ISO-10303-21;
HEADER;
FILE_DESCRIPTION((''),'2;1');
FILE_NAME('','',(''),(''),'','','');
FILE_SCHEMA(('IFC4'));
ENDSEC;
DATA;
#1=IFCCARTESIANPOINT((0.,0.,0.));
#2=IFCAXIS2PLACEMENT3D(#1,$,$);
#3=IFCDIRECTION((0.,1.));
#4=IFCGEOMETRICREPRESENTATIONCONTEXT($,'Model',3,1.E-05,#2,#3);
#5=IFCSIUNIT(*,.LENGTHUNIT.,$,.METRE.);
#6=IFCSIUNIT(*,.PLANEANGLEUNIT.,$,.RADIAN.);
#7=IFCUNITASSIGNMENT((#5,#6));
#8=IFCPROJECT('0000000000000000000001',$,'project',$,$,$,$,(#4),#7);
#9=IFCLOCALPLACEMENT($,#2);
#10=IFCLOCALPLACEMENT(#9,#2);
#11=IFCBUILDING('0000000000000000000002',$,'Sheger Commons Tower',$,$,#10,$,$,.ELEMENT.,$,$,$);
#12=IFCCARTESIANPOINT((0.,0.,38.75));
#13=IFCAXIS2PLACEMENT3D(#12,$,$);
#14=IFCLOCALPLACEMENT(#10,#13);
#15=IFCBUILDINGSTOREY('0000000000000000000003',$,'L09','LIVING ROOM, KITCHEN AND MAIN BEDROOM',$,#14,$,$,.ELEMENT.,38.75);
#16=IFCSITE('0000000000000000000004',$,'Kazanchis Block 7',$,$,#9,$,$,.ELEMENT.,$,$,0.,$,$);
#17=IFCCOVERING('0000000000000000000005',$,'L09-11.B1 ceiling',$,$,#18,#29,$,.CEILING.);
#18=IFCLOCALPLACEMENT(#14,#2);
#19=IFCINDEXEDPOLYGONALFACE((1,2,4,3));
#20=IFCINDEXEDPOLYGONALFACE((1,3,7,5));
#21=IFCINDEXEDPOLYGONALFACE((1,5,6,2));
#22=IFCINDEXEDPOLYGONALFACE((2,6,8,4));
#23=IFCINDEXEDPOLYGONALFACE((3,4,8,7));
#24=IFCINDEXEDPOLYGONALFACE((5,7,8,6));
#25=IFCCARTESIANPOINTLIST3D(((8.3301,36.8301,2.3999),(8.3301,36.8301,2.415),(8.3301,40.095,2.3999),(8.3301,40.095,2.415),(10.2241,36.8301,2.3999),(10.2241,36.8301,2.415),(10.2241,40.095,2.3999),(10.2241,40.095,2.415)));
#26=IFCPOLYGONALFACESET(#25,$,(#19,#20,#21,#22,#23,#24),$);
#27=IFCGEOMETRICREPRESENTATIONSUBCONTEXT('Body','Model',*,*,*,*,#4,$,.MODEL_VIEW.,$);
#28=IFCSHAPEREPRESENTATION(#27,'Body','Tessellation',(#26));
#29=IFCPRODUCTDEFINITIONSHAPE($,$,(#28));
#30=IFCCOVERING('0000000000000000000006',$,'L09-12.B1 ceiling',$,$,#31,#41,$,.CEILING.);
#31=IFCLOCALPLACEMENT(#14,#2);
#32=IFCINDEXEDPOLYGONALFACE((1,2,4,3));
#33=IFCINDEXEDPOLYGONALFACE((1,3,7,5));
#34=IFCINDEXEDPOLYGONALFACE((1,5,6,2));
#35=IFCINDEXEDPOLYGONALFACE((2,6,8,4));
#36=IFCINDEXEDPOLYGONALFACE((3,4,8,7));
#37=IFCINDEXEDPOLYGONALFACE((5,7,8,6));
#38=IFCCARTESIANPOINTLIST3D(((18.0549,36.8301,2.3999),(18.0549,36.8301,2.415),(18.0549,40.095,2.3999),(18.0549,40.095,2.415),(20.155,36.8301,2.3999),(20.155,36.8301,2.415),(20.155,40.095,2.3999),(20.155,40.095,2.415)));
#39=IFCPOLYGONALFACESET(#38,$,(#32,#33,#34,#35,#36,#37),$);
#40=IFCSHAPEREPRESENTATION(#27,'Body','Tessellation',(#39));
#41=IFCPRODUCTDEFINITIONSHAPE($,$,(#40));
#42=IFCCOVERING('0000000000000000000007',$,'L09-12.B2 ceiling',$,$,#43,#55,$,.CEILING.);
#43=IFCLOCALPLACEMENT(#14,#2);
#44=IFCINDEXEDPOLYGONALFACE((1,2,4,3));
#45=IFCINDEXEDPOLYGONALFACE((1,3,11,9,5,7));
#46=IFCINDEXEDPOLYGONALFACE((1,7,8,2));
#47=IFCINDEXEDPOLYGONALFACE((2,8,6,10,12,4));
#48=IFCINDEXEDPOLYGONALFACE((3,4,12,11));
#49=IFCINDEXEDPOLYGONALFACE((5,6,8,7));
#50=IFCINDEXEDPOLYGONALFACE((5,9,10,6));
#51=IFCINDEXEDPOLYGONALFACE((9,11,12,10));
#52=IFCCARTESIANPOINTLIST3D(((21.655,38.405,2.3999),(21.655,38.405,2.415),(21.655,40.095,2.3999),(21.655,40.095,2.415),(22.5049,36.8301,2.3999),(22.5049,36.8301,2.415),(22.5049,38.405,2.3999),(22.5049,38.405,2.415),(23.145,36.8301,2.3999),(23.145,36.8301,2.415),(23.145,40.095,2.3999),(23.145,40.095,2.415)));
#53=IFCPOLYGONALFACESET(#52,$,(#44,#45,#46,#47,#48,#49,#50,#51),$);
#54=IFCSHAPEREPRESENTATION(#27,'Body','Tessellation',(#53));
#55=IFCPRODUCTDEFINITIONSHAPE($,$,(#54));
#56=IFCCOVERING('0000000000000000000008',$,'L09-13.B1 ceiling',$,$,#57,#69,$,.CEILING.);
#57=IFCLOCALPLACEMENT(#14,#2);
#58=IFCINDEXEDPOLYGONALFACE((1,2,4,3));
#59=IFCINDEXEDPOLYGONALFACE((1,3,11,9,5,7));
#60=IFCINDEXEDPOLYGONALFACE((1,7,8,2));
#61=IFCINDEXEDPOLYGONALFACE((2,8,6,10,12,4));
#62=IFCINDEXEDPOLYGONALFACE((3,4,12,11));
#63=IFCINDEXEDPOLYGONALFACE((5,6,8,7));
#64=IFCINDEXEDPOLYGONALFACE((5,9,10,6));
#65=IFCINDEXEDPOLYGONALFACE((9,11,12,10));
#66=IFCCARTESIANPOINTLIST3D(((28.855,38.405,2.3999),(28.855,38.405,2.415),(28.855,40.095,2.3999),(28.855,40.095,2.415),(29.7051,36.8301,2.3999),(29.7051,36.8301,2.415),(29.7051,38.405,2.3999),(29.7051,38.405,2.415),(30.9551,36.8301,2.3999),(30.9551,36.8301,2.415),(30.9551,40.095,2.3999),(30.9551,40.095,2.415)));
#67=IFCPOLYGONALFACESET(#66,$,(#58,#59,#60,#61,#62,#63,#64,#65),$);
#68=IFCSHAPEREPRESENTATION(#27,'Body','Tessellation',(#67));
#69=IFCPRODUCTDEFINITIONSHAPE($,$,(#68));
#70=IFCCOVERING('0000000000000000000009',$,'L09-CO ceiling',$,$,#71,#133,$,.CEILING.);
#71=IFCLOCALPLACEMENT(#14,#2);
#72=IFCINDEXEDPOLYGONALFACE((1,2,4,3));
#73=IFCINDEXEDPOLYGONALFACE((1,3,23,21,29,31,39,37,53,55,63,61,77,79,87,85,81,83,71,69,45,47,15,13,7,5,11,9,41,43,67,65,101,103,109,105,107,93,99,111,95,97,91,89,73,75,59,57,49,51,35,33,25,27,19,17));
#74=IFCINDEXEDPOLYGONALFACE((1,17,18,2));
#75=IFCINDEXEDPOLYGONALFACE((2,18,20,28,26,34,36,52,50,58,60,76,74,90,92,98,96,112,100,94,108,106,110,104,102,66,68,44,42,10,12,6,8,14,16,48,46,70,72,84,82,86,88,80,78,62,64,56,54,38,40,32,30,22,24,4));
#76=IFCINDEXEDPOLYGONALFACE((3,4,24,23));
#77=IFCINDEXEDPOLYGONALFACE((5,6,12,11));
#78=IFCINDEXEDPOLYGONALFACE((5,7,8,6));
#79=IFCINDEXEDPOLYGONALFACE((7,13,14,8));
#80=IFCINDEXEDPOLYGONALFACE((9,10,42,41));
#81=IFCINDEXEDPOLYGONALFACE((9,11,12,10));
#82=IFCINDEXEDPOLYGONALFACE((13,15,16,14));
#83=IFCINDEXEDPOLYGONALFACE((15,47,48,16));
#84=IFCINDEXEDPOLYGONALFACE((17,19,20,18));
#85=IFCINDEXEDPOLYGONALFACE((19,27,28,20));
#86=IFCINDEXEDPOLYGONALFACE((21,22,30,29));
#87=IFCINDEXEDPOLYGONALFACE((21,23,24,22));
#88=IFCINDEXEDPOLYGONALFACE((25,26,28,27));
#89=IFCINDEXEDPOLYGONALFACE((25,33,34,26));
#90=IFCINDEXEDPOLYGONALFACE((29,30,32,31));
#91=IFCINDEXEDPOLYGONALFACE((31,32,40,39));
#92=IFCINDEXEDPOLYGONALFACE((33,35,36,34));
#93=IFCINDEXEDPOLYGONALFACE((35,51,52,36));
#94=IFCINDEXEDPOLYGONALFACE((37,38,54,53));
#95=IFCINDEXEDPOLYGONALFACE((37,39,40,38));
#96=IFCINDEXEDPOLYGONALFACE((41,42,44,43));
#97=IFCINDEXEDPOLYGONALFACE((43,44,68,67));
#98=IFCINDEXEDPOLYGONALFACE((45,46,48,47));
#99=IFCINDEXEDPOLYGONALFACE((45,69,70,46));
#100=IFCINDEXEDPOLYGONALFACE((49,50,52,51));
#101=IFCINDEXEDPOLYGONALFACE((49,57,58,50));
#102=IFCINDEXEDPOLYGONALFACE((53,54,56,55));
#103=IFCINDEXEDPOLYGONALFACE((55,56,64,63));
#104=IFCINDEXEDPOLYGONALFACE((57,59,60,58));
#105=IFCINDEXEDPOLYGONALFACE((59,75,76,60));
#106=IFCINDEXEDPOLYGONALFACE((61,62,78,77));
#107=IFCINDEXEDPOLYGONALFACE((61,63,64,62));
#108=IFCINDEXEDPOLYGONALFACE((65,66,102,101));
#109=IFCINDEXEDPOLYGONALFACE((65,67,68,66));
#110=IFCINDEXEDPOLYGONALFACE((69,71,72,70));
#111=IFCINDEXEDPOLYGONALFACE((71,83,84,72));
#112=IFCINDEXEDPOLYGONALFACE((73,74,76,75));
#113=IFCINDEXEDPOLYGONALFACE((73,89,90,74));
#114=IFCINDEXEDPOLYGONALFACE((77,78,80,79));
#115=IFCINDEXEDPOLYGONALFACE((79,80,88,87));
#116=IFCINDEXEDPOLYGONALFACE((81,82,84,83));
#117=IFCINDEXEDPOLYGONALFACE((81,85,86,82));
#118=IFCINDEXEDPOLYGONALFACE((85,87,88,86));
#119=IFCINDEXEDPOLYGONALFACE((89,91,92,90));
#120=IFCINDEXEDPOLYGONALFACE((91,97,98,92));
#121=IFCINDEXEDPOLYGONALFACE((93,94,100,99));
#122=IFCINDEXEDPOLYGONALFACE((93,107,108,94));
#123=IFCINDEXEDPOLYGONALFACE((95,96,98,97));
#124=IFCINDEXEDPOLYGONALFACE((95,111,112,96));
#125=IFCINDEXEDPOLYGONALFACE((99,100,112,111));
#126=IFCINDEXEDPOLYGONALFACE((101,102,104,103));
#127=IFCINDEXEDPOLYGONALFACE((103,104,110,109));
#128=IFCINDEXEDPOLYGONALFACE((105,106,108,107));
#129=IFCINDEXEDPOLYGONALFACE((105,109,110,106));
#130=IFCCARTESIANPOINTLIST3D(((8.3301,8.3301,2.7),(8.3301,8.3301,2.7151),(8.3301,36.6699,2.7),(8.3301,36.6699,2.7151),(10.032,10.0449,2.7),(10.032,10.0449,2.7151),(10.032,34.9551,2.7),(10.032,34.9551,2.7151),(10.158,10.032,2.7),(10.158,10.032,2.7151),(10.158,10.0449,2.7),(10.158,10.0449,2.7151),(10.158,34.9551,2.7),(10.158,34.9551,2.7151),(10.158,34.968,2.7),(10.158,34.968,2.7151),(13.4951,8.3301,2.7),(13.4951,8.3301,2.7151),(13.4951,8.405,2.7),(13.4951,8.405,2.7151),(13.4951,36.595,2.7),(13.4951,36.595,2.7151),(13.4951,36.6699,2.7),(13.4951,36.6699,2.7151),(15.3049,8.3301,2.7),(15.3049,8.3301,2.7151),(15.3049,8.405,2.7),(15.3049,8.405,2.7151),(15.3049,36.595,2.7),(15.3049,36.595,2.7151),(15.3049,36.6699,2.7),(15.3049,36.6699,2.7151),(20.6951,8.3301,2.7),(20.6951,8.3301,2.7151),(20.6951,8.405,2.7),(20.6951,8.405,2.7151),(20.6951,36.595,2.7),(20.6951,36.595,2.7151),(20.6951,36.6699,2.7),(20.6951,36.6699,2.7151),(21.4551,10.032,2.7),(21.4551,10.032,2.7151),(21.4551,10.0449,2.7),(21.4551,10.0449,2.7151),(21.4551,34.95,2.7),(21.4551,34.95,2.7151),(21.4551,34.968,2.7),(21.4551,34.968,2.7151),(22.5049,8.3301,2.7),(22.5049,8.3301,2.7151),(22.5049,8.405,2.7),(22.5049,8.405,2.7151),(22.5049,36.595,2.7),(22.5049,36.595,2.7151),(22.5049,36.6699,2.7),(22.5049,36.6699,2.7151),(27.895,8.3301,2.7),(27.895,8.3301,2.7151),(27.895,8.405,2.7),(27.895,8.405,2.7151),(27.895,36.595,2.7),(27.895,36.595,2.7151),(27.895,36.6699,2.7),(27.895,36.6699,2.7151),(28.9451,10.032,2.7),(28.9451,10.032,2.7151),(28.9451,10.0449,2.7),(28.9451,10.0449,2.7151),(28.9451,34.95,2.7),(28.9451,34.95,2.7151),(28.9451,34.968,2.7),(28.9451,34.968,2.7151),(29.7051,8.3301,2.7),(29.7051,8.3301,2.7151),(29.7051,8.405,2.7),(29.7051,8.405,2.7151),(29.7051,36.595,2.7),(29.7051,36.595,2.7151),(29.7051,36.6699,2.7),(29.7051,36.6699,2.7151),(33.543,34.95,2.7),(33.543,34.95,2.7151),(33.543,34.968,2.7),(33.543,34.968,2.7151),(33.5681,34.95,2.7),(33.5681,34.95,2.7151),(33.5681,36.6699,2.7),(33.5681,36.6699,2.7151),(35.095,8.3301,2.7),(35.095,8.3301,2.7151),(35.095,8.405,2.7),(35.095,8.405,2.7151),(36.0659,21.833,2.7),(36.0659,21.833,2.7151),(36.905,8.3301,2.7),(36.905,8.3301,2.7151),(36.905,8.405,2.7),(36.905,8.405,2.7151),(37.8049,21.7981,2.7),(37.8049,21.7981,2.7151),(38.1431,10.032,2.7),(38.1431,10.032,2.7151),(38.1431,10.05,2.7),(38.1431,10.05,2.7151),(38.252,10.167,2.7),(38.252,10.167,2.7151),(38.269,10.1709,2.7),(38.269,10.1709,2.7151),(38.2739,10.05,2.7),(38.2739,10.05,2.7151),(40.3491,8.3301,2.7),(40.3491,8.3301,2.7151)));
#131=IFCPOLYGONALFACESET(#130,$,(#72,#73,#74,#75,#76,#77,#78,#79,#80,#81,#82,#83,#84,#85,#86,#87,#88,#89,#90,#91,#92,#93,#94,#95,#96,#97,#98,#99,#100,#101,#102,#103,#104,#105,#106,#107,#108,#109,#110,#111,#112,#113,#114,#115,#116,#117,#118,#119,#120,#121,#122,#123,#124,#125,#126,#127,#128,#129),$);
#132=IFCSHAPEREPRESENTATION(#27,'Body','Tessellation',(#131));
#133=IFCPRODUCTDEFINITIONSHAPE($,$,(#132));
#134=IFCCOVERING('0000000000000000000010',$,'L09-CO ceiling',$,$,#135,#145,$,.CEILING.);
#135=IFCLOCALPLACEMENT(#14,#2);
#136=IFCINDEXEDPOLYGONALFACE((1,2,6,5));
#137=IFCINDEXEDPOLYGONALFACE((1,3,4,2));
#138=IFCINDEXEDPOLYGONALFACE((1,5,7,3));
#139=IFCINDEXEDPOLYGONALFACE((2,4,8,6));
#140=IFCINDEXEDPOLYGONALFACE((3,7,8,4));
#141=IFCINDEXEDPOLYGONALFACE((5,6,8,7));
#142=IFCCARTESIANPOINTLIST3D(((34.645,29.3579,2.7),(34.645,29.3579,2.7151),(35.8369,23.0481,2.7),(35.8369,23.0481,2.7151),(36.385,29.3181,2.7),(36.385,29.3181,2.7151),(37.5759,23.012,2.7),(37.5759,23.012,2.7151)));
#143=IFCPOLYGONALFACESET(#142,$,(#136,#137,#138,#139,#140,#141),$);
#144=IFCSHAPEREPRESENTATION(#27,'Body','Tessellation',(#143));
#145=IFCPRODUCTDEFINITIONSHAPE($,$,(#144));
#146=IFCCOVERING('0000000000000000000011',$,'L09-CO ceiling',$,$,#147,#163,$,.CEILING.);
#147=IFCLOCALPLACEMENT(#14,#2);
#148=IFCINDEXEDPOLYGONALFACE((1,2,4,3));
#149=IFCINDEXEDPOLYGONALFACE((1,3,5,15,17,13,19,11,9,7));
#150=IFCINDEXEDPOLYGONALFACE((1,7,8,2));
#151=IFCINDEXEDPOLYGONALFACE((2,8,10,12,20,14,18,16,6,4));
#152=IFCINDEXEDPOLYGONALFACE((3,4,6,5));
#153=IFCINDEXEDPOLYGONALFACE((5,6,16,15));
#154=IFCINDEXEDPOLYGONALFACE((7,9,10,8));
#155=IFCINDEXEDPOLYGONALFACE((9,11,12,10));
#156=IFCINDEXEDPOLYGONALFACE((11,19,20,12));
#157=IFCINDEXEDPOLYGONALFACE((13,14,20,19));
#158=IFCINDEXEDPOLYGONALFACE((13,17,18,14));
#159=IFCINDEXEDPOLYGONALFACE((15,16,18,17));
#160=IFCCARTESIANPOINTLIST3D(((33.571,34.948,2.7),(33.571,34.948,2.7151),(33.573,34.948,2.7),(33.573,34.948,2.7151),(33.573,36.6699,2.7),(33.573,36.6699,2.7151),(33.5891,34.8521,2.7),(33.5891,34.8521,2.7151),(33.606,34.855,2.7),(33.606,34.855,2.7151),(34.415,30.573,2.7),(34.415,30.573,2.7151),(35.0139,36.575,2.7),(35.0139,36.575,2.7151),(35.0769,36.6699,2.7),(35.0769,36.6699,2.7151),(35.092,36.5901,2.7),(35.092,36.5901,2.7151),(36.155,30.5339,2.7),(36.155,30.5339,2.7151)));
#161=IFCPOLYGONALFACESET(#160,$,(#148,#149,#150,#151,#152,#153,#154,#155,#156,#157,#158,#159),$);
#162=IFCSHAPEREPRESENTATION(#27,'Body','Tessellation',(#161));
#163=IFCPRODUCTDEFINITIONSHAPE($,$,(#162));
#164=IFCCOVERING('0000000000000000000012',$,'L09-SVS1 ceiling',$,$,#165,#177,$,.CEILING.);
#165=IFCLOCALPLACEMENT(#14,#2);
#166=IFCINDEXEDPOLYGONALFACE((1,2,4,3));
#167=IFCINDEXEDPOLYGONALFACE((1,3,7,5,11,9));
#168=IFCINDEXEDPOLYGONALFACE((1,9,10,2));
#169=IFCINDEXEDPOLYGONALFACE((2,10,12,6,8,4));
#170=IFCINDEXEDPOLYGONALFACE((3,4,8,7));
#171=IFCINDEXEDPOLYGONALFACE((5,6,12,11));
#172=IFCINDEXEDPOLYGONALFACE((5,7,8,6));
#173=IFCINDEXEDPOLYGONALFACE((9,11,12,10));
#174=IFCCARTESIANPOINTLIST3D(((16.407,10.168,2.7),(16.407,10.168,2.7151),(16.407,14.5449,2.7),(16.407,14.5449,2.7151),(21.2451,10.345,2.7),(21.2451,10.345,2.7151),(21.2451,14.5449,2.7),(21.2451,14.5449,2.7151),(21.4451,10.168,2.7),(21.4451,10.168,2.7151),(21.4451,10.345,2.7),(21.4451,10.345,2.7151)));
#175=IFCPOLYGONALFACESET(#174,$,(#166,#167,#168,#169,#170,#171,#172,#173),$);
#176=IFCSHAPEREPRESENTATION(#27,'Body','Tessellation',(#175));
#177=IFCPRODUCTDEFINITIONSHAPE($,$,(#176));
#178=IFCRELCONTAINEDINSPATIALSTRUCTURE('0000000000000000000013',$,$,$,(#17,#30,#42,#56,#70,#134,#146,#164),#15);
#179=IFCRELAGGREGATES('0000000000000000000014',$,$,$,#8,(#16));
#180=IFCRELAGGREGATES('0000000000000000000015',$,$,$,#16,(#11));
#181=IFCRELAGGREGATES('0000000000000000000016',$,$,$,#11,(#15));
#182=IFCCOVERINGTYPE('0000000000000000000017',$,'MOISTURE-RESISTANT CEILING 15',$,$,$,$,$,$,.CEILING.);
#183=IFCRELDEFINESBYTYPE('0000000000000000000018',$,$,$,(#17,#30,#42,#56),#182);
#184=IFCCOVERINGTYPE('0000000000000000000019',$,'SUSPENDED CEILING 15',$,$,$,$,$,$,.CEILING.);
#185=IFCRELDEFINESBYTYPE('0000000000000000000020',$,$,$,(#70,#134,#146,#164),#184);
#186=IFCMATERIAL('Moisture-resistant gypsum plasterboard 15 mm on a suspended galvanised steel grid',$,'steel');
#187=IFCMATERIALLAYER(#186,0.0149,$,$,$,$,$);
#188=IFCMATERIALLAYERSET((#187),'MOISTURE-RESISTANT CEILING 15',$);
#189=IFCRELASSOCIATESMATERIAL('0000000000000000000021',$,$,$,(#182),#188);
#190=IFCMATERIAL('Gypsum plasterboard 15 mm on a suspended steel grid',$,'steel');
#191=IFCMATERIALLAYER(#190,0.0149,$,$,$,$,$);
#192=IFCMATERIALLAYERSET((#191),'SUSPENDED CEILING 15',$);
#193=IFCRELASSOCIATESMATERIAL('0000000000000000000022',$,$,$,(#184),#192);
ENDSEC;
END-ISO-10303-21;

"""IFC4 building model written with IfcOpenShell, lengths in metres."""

from ifc_helpers import new_model, si_unit, direction, frame, origin, place, context, subcontext, project, spatial, polyline, outline, extrude, material, layer, layer_set, type_object, element, save


model = new_model("IFC4")

# Units and contexts
model_context = context("Model", 3, precision=1e-05, world=origin(), true_north=direction((0.0, 1.0)))
body_context = subcontext(model_context, "Body", "Model", "MODEL_VIEW")
ifc_project = project(units=[si_unit("LENGTHUNIT", "METRE"), si_unit("PLANEANGLEUNIT", "RADIAN")], contexts=[model_context])

# Site, building, storey
site_placement = place(None, origin())
site = spatial("IfcSite", under=ifc_project, at=site_placement, Name="Kazanchis Block 7", CompositionType="ELEMENT", RefElevation=0.0)
building_placement = place(site_placement, origin())
building = spatial("IfcBuilding", under=site, at=building_placement, Name="Sheger Commons Tower", CompositionType="ELEMENT")
storey_placement = place(building_placement, frame((0.0, 0.0, 38.75)))
storey = spatial("IfcBuildingStorey", under=building, at=storey_placement, Name="L09", Description="LIVING ROOM, KITCHEN AND MAIN BEDROOM", CompositionType="ELEMENT", Elevation=38.75)

# Coverings
ifc_material_1 = material(Name="Moisture-resistant gypsum plasterboard 15 mm on a suspended galvanised steel grid", Category="steel")
ifc_layer_1 = layer(ifc_material_1, 0.0149)
ifc_layer_set_1 = layer_set([ifc_layer_1], Name="MOISTURE-RESISTANT CEILING 15")
covering_type_1 = type_object("IfcCoveringType", Name="MOISTURE-RESISTANT CEILING 15", PredefinedType="CEILING", material=ifc_layer_set_1)
covering_1_placement = place(storey_placement, frame((0.0, 0.0, 2.3999)))
element("IfcCovering", 1, at=covering_1_placement, inside=storey, type_object=covering_type_1, Name="L09-11.B1 ceiling", PredefinedType="CEILING", context=body_context, shape_type="SweptSolid", body=[
    extrude(outline(polyline([(8.3301, 36.8301), (10.2241, 36.8301), (10.2241, 40.095), (8.3301, 40.095), (8.3301, 36.8301)])), origin(), (0.0, 0.0, 1.0), 0.0151),
])
covering_2_placement = place(storey_placement, frame((0.0, 0.0, 2.3999)))
element("IfcCovering", 2, at=covering_2_placement, inside=storey, type_object=covering_type_1, Name="L09-12.B1 ceiling", PredefinedType="CEILING", context=body_context, shape_type="SweptSolid", body=[
    extrude(outline(polyline([(18.0549, 36.8301), (20.155, 36.8301), (20.155, 40.095), (18.0549, 40.095), (18.0549, 36.8301)])), origin(), (0.0, 0.0, 1.0), 0.0151),
])
covering_3_placement = place(storey_placement, frame((0.0, 0.0, 2.3999)))
element("IfcCovering", 3, at=covering_3_placement, inside=storey, type_object=covering_type_1, Name="L09-12.B2 ceiling", PredefinedType="CEILING", context=body_context, shape_type="SweptSolid", body=[
    extrude(outline(polyline([(22.5049, 36.8301), (23.145, 36.8301), (23.145, 40.095), (21.655, 40.095), (21.655, 38.405), (22.5049, 38.405), (22.5049, 36.8301)])), origin(), (0.0, 0.0, 1.0), 0.0151),
])
covering_4_placement = place(storey_placement, frame((0.0, 0.0, 2.3999)))
element("IfcCovering", 4, at=covering_4_placement, inside=storey, type_object=covering_type_1, Name="L09-13.B1 ceiling", PredefinedType="CEILING", context=body_context, shape_type="SweptSolid", body=[
    extrude(outline(polyline([(29.7051, 36.8301), (30.9551, 36.8301), (30.9551, 40.095), (28.855, 40.095), (28.855, 38.405), (29.7051, 38.405), (29.7051, 36.8301)])), origin(), (0.0, 0.0, 1.0), 0.0151),
])
ifc_material_2 = material(Name="Gypsum plasterboard 15 mm on a suspended steel grid", Category="steel")
ifc_layer_2 = layer(ifc_material_2, 0.0149)
ifc_layer_set_2 = layer_set([ifc_layer_2], Name="SUSPENDED CEILING 15")
covering_type_2 = type_object("IfcCoveringType", Name="SUSPENDED CEILING 15", PredefinedType="CEILING", material=ifc_layer_set_2)
covering_5_placement = place(storey_placement, frame((0.0, 0.0, 2.7)))
element("IfcCovering", 5, at=covering_5_placement, inside=storey, type_object=covering_type_2, Name="L09-CO ceiling", PredefinedType="CEILING", context=body_context, shape_type="SweptSolid", body=[
    extrude(outline(polyline([(8.3301, 8.3301), (13.4951, 8.3301), (13.4951, 8.405), (15.3049, 8.405), (15.3049, 8.3301), (20.6951, 8.3301), (20.6951, 8.405), (22.5049, 8.405), (22.5049, 8.3301), (27.895, 8.3301), (27.895, 8.405), (29.7051, 8.405), (29.7051, 8.3301), (35.095, 8.3301), (35.095, 8.405), (36.905, 8.405), (36.905, 8.3301), (40.3491, 8.3301), (37.8049, 21.7981), (36.0659, 21.833), (38.269, 10.1709), (38.252, 10.167), (38.2739, 10.05), (38.1431, 10.05), (38.1431, 10.032), (28.9451, 10.032), (28.9451, 10.0449), (21.4551, 10.0449), (21.4551, 10.032), (10.158, 10.032), (10.158, 10.0449), (10.032, 10.0449), (10.032, 34.9551), (10.158, 34.9551), (10.158, 34.968), (21.4551, 34.968), (21.4551, 34.95), (28.9451, 34.95), (28.9451, 34.968), (33.543, 34.968), (33.543, 34.95), (33.5681, 34.95), (33.5681, 36.6699), (29.7051, 36.6699), (29.7051, 36.595), (27.895, 36.595), (27.895, 36.6699), (22.5049, 36.6699), (22.5049, 36.595), (20.6951, 36.595), (20.6951, 36.6699), (15.3049, 36.6699), (15.3049, 36.595), (13.4951, 36.595), (13.4951, 36.6699), (8.3301, 36.6699), (8.3301, 8.3301)])), origin(), (0.0, 0.0, 1.0), 0.0151),
])
covering_6_placement = place(storey_placement, frame((0.0, 0.0, 2.7)))
element("IfcCovering", 6, at=covering_6_placement, inside=storey, type_object=covering_type_2, Name="L09-CO ceiling", PredefinedType="CEILING", context=body_context, shape_type="SweptSolid", body=[
    extrude(outline(polyline([(37.5759, 23.012), (36.385, 29.3181), (34.645, 29.3579), (35.8369, 23.0481), (37.5759, 23.012)])), origin(), (0.0, 0.0, 1.0), 0.0151),
])
covering_7_placement = place(storey_placement, frame((0.0, 0.0, 2.7)))
element("IfcCovering", 7, at=covering_7_placement, inside=storey, type_object=covering_type_2, Name="L09-CO ceiling", PredefinedType="CEILING", context=body_context, shape_type="SweptSolid", body=[
    extrude(outline(polyline([(36.155, 30.5339), (35.0139, 36.575), (35.092, 36.5901), (35.0769, 36.6699), (33.573, 36.6699), (33.573, 34.948), (33.571, 34.948), (33.5891, 34.8521), (33.606, 34.855), (34.415, 30.573), (36.155, 30.5339)])), origin(), (0.0, 0.0, 1.0), 0.0151),
])
covering_8_placement = place(storey_placement, frame((0.0, 0.0, 2.7)))
element("IfcCovering", 8, at=covering_8_placement, inside=storey, type_object=covering_type_2, Name="L09-SVS1 ceiling", PredefinedType="CEILING", context=body_context, shape_type="SweptSolid", body=[
    extrude(outline(polyline([(16.407, 10.168), (21.4451, 10.168), (21.4451, 10.345), (21.2451, 10.345), (21.2451, 14.5449), (16.407, 14.5449), (16.407, 10.168)])), origin(), (0.0, 0.0, 1.0), 0.0151),
])

save(model, "model.ifc")
